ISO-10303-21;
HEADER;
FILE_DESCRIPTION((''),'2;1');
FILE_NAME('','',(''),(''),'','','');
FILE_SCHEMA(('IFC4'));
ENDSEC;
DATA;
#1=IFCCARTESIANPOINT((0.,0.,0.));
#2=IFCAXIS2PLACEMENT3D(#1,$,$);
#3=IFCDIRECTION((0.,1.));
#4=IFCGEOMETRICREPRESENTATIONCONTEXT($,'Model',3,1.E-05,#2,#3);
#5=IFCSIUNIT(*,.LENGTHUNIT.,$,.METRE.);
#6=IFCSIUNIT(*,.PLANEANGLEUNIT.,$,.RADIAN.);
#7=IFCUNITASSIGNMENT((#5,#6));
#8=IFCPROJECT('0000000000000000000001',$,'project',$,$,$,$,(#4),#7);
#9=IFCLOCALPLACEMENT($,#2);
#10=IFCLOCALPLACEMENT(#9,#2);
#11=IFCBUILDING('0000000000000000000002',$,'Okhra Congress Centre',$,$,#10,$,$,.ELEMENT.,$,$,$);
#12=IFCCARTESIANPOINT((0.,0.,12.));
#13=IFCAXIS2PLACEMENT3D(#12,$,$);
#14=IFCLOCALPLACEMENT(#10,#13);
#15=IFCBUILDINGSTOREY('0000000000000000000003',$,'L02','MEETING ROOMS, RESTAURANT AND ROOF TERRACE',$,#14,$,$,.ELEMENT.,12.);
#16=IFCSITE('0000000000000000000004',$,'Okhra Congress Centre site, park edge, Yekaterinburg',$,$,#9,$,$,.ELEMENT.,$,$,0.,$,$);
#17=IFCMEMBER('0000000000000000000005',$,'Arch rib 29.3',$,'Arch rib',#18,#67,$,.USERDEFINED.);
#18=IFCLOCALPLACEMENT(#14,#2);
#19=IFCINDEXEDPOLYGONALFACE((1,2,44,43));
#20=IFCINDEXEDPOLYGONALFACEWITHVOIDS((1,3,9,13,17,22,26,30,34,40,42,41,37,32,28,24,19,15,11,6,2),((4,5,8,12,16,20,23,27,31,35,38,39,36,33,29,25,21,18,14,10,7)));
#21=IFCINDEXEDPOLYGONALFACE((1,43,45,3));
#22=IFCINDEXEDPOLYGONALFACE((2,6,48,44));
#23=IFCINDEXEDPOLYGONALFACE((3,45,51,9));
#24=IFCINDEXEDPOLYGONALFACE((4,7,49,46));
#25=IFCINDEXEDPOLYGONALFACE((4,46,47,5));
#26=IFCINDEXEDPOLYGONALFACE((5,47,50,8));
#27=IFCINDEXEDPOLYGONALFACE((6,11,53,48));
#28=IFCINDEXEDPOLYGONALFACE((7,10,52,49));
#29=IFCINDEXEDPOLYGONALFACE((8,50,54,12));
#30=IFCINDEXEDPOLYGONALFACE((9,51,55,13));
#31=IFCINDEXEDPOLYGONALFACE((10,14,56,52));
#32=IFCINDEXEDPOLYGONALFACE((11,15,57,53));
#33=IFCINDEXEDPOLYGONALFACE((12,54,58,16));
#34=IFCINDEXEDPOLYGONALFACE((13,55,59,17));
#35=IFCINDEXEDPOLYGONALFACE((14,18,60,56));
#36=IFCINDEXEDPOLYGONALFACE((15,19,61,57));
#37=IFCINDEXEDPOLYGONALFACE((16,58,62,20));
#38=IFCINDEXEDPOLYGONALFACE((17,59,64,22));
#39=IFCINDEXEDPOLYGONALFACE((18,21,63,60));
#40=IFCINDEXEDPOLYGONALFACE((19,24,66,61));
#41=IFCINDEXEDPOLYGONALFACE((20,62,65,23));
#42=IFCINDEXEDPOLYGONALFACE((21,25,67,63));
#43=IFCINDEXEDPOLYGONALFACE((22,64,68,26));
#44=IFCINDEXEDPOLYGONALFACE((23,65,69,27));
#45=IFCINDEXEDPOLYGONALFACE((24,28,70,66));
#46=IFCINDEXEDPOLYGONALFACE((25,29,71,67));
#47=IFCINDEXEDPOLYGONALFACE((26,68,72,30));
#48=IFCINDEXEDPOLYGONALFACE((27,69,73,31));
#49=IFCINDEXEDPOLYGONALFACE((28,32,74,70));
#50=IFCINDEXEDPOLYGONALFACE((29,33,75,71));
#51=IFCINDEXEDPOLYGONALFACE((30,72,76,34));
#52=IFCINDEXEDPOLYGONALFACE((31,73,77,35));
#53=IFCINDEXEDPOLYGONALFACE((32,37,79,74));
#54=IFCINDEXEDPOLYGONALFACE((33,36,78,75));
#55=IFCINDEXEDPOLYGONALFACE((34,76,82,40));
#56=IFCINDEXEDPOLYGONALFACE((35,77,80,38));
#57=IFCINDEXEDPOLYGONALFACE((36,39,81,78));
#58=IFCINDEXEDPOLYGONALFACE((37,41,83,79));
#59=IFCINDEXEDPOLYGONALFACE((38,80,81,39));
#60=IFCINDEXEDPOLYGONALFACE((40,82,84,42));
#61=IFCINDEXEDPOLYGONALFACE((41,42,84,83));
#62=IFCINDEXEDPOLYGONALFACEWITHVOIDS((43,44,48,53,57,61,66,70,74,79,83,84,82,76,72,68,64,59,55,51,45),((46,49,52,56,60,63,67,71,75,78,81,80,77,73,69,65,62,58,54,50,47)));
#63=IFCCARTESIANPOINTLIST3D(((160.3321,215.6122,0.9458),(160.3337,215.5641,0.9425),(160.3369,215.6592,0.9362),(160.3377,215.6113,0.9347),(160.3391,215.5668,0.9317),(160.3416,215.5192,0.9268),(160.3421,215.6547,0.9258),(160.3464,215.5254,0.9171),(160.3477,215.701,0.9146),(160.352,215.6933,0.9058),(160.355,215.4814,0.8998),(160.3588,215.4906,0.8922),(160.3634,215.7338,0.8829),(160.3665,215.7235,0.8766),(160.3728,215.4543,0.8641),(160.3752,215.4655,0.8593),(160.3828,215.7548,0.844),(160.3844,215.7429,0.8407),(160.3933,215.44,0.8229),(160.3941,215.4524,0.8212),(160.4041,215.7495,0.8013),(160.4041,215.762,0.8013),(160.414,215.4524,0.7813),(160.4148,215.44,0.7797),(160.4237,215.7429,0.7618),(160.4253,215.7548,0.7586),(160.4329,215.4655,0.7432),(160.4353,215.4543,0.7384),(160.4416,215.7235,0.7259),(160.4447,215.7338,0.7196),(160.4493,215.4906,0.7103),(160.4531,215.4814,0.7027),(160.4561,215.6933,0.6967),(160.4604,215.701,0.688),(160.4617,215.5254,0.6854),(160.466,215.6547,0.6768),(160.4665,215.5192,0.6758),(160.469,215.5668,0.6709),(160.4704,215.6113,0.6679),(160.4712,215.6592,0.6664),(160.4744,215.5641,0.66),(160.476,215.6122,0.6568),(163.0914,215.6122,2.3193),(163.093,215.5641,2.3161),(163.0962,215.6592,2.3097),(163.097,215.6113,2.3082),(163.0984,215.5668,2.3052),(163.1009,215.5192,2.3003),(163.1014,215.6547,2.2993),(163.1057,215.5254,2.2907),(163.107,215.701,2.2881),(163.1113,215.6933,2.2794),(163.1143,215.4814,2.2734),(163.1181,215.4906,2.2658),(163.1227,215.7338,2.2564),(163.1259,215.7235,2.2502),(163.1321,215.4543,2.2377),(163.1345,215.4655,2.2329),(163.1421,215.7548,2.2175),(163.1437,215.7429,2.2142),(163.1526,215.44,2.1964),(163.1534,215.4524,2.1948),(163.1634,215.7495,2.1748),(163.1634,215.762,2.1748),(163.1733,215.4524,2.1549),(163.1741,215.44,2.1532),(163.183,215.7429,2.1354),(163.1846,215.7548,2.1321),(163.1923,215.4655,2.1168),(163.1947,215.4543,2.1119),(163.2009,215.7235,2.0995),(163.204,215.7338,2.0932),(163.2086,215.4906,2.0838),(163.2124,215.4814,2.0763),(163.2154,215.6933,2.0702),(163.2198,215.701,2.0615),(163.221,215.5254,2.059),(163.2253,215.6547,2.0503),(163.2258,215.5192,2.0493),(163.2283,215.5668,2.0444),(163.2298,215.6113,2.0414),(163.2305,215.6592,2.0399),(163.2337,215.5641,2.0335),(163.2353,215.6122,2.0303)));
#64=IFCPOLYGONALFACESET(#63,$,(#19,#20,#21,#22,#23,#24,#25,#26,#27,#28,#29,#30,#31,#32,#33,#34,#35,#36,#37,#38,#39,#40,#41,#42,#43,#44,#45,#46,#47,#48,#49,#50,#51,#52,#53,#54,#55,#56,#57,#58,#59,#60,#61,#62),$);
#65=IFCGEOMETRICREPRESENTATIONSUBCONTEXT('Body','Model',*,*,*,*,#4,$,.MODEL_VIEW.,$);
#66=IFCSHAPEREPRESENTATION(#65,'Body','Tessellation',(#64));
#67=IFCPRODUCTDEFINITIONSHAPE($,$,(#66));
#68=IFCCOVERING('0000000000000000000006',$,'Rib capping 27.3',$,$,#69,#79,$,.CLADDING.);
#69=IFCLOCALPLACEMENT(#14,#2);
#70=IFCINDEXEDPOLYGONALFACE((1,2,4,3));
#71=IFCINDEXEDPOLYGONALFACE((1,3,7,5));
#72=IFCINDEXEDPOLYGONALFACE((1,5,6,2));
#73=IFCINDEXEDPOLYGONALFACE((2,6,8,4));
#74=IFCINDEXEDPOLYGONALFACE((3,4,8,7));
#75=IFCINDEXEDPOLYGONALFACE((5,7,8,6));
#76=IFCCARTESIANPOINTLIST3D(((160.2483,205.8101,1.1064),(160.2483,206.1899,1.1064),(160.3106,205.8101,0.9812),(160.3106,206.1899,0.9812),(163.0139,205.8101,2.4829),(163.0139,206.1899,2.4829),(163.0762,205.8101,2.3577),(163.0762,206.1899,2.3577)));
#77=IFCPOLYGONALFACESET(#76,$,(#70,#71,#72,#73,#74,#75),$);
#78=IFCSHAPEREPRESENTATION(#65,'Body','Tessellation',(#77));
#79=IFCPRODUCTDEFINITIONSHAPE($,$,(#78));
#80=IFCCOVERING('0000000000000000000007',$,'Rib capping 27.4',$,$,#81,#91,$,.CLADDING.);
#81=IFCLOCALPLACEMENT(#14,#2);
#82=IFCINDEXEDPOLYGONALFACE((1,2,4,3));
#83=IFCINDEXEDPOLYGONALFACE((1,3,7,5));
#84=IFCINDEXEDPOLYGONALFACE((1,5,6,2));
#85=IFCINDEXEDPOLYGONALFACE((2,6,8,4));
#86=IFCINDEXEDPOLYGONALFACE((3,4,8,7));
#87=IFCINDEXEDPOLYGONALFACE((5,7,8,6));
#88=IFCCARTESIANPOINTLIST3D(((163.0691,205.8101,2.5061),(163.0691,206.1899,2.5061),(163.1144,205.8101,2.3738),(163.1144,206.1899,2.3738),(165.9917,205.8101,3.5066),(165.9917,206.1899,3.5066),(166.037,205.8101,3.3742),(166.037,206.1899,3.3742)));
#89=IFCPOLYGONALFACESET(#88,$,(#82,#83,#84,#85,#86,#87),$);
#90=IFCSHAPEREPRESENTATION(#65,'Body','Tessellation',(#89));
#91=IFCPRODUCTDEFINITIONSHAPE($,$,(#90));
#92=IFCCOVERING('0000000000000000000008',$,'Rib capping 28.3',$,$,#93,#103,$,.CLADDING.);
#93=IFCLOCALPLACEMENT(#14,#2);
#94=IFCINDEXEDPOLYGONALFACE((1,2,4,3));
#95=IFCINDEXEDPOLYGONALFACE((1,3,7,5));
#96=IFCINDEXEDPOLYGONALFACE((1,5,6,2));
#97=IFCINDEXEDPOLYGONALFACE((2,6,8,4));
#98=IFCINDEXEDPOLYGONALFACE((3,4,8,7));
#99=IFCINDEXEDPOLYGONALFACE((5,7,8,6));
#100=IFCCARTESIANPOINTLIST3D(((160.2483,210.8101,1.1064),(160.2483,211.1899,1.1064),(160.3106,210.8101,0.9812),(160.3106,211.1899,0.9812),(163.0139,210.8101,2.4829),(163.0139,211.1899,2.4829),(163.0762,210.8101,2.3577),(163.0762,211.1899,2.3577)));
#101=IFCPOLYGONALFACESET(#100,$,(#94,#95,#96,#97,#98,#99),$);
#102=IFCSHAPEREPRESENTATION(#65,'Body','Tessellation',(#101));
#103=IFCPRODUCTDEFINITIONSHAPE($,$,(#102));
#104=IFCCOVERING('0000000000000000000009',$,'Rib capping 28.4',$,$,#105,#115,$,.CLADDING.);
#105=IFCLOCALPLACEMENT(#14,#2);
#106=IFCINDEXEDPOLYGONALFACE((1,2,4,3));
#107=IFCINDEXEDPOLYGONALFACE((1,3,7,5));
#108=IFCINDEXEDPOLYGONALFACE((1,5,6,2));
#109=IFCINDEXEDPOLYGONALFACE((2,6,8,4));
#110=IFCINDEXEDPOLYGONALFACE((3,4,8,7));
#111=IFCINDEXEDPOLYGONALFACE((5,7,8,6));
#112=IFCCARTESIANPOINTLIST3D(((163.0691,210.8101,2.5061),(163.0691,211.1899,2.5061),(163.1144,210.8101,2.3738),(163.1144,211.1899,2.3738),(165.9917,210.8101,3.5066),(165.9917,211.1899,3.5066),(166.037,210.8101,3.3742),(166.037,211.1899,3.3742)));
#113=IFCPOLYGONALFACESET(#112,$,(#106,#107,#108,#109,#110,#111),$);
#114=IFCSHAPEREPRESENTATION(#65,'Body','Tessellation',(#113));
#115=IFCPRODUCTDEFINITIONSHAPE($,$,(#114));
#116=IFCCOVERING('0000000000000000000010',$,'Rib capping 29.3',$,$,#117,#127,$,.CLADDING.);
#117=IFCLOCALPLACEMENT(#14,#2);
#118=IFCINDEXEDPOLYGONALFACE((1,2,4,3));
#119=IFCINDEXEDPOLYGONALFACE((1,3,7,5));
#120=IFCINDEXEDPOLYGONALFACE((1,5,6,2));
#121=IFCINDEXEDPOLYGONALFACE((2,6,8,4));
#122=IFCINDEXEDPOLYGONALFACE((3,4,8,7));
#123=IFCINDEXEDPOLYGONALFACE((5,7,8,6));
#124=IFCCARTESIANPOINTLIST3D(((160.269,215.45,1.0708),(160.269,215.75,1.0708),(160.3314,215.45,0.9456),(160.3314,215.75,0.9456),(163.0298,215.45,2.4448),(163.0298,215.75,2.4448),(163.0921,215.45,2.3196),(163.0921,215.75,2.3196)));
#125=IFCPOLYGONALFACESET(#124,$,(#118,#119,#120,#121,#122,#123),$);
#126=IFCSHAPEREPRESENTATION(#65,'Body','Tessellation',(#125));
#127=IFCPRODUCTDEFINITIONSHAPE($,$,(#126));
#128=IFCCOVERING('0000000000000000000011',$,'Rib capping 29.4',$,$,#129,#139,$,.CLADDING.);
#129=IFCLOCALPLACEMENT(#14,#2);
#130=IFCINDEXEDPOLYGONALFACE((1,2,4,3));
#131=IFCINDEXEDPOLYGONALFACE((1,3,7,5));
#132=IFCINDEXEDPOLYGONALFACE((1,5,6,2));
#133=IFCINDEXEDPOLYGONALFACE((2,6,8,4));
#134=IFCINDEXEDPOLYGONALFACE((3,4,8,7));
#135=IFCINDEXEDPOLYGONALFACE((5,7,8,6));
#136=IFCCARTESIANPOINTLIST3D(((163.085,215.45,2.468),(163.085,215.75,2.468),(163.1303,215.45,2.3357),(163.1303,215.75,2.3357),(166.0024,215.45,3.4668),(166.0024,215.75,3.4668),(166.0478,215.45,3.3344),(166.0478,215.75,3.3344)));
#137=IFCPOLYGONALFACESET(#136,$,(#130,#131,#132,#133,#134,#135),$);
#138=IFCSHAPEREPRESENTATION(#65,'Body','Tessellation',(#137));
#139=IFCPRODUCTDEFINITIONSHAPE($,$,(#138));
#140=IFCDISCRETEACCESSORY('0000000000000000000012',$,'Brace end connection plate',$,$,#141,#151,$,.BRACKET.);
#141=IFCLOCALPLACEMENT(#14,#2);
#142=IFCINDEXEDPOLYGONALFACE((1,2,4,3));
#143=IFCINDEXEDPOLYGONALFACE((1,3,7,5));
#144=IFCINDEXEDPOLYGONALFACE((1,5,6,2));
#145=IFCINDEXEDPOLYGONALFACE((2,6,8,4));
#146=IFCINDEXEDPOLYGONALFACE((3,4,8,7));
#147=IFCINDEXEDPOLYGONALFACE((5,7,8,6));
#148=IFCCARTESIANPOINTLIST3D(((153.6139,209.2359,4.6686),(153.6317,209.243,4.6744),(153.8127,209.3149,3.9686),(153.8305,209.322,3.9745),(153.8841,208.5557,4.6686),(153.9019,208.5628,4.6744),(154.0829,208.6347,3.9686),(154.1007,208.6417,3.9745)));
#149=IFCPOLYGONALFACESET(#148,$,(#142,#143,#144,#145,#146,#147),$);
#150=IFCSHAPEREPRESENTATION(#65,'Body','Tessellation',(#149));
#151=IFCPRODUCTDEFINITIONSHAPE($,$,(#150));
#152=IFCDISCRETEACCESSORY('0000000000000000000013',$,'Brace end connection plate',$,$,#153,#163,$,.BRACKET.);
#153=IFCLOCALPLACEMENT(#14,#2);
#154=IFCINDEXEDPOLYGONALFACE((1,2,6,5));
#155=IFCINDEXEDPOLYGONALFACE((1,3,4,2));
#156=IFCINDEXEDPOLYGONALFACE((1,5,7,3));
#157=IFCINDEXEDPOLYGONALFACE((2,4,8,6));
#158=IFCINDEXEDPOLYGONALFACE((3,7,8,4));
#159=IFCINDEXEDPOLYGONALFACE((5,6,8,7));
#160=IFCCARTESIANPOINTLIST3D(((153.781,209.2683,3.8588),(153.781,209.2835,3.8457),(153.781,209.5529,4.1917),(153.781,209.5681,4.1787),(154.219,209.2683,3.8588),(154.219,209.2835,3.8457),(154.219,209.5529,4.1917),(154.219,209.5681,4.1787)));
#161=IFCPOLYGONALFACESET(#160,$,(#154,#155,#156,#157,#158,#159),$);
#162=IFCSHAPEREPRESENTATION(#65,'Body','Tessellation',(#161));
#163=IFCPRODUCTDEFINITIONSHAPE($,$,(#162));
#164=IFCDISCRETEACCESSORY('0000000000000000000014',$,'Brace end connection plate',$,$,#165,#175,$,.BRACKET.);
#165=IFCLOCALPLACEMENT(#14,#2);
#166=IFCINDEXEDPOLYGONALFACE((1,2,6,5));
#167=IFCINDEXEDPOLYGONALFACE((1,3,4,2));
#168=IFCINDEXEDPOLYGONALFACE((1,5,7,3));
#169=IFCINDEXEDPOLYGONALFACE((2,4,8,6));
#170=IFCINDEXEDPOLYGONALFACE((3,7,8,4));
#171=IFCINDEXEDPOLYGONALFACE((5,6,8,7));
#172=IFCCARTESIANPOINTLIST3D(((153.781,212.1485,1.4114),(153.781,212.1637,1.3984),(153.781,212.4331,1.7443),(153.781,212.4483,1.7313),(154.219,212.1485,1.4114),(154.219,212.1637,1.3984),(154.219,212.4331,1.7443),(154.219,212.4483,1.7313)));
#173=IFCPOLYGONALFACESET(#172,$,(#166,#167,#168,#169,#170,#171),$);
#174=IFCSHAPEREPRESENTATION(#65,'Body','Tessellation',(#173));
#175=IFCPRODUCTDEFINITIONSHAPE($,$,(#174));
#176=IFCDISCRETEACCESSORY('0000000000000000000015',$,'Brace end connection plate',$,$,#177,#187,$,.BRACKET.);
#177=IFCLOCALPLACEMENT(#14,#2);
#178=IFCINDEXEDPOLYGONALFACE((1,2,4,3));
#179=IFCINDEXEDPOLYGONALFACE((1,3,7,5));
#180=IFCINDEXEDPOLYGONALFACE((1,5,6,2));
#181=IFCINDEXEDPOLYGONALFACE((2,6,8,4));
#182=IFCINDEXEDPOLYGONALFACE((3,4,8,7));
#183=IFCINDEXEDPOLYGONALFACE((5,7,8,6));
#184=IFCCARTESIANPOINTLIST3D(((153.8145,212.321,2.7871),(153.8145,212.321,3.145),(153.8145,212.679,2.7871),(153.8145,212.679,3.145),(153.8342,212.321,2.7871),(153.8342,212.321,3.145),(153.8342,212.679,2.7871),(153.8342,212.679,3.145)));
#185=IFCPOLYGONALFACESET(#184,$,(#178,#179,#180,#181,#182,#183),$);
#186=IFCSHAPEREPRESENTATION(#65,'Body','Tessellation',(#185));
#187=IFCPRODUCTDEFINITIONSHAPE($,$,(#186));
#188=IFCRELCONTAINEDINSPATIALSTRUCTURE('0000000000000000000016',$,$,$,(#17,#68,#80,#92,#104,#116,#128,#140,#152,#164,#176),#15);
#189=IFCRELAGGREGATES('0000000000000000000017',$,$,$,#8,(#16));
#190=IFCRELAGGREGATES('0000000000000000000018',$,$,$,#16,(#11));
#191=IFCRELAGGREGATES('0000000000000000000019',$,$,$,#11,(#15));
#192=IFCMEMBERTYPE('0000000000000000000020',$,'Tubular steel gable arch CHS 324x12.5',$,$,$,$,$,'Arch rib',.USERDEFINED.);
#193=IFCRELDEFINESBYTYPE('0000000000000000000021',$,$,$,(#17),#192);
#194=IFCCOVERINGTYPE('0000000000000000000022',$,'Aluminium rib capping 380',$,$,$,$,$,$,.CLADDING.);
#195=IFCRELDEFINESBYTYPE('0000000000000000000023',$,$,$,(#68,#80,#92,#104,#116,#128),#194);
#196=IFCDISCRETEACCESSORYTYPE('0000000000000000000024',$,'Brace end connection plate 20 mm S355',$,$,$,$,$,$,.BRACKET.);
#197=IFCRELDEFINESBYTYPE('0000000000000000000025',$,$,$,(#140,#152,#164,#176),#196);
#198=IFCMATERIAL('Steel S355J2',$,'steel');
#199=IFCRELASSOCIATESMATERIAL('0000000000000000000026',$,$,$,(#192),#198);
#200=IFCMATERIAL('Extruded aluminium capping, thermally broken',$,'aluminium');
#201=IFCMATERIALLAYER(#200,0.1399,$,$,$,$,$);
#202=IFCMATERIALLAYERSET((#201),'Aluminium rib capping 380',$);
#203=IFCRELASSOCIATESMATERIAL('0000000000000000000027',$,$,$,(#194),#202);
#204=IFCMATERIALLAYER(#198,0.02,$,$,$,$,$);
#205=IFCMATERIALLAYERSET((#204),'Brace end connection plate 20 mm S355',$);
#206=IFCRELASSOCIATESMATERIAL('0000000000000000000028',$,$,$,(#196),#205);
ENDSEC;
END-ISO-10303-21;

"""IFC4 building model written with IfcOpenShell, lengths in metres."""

from ifc_helpers import new_model, si_unit, direction, frame, origin, origin_2d, place, context, subcontext, project, spatial, polyline, rectangle, hollow_circle, outline, extrude, material, layer, layer_set, material_profile, profile_set, type_object, element, save


model = new_model("IFC4")

# Units and contexts
model_context = context("Model", 3, precision=1e-05, world=origin(), true_north=direction((0.0, 1.0)))
body_context = subcontext(model_context, "Body", "Model", "MODEL_VIEW")
ifc_project = project(units=[si_unit("LENGTHUNIT", "METRE"), si_unit("PLANEANGLEUNIT", "RADIAN")], contexts=[model_context])

# Site, building, storey
site_placement = place(None, origin())
site = spatial("IfcSite", under=ifc_project, at=site_placement, Name="Okhra Congress Centre site, park edge, Yekaterinburg", CompositionType="ELEMENT", RefElevation=0.0)
building_placement = place(site_placement, origin())
building = spatial("IfcBuilding", under=site, at=building_placement, Name="Okhra Congress Centre", CompositionType="ELEMENT")
storey_placement = place(building_placement, frame((0.0, 0.0, 12.0)))
storey = spatial("IfcBuildingStorey", under=building, at=storey_placement, Name="L02", Description="MEETING ROOMS, RESTAURANT AND ROOF TERRACE", CompositionType="ELEMENT", Elevation=12.0)

# Member
ifc_material_1 = material(Name="Steel S355J2", Category="steel")
ifc_material_profile_1 = material_profile(ifc_material_1, hollow_circle(Radius=0.1619, WallThickness=0.0125, at=origin_2d()), Name="CHS 323.9x12.5")
ifc_profile_set_1 = profile_set([ifc_material_profile_1], Name="Steel S355J2")
member_type_1 = type_object("IfcMemberType", Name="Tubular steel gable arch CHS 324x12.5", ElementType="Arch rib", PredefinedType="USERDEFINED", material=ifc_profile_set_1)
member_1_placement = place(storey_placement, frame((160.4041, 215.6001, 0.8013), z_axis=(0.895218, 0.0, 0.445629), x_axis=(0.0, 1.0, 0.0)))
element("IfcMember", 1, at=member_1_placement, inside=storey, type_object=member_type_1, Name="Arch rib 29.3", ObjectType="Arch rib", PredefinedType="USERDEFINED", context=body_context, shape_type="SweptSolid", body=[
    extrude(hollow_circle(Radius=0.1619, WallThickness=0.0125, at=origin_2d()), origin(), (0.0, 0.0, 1.0), 3.0823),
])

# Coverings
ifc_material_2 = material(Name="Extruded aluminium capping, thermally broken", Category="aluminium")
ifc_layer_1 = layer(ifc_material_2, 0.1399)
ifc_layer_set_1 = layer_set([ifc_layer_1], Name="Aluminium rib capping 380")
covering_type = type_object("IfcCoveringType", Name="Aluminium rib capping 380", PredefinedType="CLADDING", material=ifc_layer_set_1)
covering_1_placement = place(storey_placement, frame((160.2483, 205.8101, 1.1064), z_axis=(-0.445569, 0.0, 0.895248), x_axis=(0.895248, 0.0, 0.445569)))
element("IfcCovering", 2, at=covering_1_placement, inside=storey, type_object=covering_type, Name="Rib capping 27.3", PredefinedType="CLADDING", context=body_context, shape_type="SweptSolid", body=[
    extrude(outline(polyline([(0.0, 0.0), (3.0892, 0.0), (3.0892, 0.3799), (0.0, 0.3799), (0.0, 0.0)])), origin(), (0.0, 0.0, -1.0), 0.1399),
])
covering_2_placement = place(storey_placement, frame((163.0691, 205.8101, 2.5061), z_axis=(-0.323876, 0.0, 0.9461), x_axis=(0.9461, 0.0, 0.323876)))
element("IfcCovering", 3, at=covering_2_placement, inside=storey, type_object=covering_type, Name="Rib capping 27.4", PredefinedType="CLADDING", context=body_context, shape_type="SweptSolid", body=[
    extrude(outline(polyline([(0.0, 0.0), (3.0891, 0.0), (3.0891, 0.3799), (0.0, 0.3799), (0.0, 0.0)])), origin(), (0.0, 0.0, -1.0), 0.1399),
])
covering_3_placement = place(storey_placement, frame((160.2483, 210.8101, 1.1064), z_axis=(-0.445569, 0.0, 0.895248), x_axis=(0.895248, 0.0, 0.445569)))
element("IfcCovering", 4, at=covering_3_placement, inside=storey, type_object=covering_type, Name="Rib capping 28.3", PredefinedType="CLADDING", context=body_context, shape_type="SweptSolid", body=[
    extrude(outline(polyline([(0.0, 0.0), (3.0892, 0.0), (3.0892, 0.3799), (0.0, 0.3799), (0.0, 0.0)])), origin(), (0.0, 0.0, -1.0), 0.1399),
])
covering_4_placement = place(storey_placement, frame((163.0691, 210.8101, 2.5061), z_axis=(-0.323876, 0.0, 0.9461), x_axis=(0.9461, 0.0, 0.323876)))
element("IfcCovering", 5, at=covering_4_placement, inside=storey, type_object=covering_type, Name="Rib capping 28.4", PredefinedType="CLADDING", context=body_context, shape_type="SweptSolid", body=[
    extrude(outline(polyline([(0.0, 0.0), (3.0891, 0.0), (3.0891, 0.3799), (0.0, 0.3799), (0.0, 0.0)])), origin(), (0.0, 0.0, -1.0), 0.1399),
])
covering_5_placement = place(storey_placement, frame((160.269, 215.45, 1.0708), z_axis=(-0.445566, 0.0, 0.895249), x_axis=(0.895249, 0.0, 0.445566)))
element("IfcCovering", 6, at=covering_5_placement, inside=storey, type_object=covering_type, Name="Rib capping 29.3", PredefinedType="CLADDING", context=body_context, shape_type="SweptSolid", body=[
    extrude(outline(polyline([(0.0, 0.0), (3.0838, 0.0), (3.0838, 0.3), (0.0, 0.3), (0.0, 0.0)])), origin(), (0.0, 0.0, -1.0), 0.1399),
])
covering_6_placement = place(storey_placement, frame((163.085, 215.45, 2.468), z_axis=(-0.323889, 0.0, 0.946095), x_axis=(0.946095, 0.0, 0.323889)))
element("IfcCovering", 7, at=covering_6_placement, inside=storey, type_object=covering_type, Name="Rib capping 29.4", PredefinedType="CLADDING", context=body_context, shape_type="SweptSolid", body=[
    extrude(outline(polyline([(0.0, 0.0), (3.0837, 0.0), (3.0837, 0.3), (0.0, 0.3), (0.0, 0.0)])), origin(), (0.0, 0.0, -1.0), 0.1399),
])

# Discrete accessories
ifc_layer_2 = layer(ifc_material_1, 0.02)
ifc_layer_set_2 = layer_set([ifc_layer_2], Name="Brace end connection plate 20 mm S355")
discrete_accessory_type_1 = type_object("IfcDiscreteAccessoryType", Name="Brace end connection plate 20 mm S355", PredefinedType="BRACKET", material=ifc_layer_set_2)
discrete_accessory_1_placement = place(storey_placement, frame((153.8484, 208.9353, 4.3186), z_axis=(0.888791, 0.353081, 0.292205), x_axis=(-0.369195, 0.929352, 0.0)))
element("IfcDiscreteAccessory", 8, at=discrete_accessory_1_placement, inside=storey, type_object=discrete_accessory_type_1, Name="Brace end connection plate", PredefinedType="BRACKET", context=body_context, shape_type="SweptSolid", body=[
    extrude(rectangle(XDim=0.7319, YDim=0.7319, at=origin_2d()), origin(), (0.0, 0.0, 1.0), 0.02),
])
for number, where, z_axis, x_axis, name in (
    (9, (154.0, 209.4258, 4.0122), (0.0, -0.760121, 0.649781), (1.0, 0.0, 0.0), "Brace end connection plate"),
    (10, (154.0, 212.2908, 1.5779), (0.0, 0.760121, -0.649781), (-1.0, 0.0, 0.0), "Brace end connection plate"),
):
    element("IfcDiscreteAccessory", number, at=place(storey_placement, frame(where, z_axis=z_axis, x_axis=x_axis)), inside=storey, type_object=discrete_accessory_type_1, Name=name, PredefinedType="BRACKET", context=body_context, shape_type="SweptSolid", body=[
        extrude(rectangle(XDim=0.438, YDim=0.438, at=origin_2d()), origin(), (0.0, 0.0, 1.0), 0.02),
    ])
discrete_accessory_2_placement = place(storey_placement, frame((153.8145, 212.5, 2.9661), z_axis=(1.0, 0.0, 0.0), x_axis=(0.0, 1.0, 0.0)))
element("IfcDiscreteAccessory", 11, at=discrete_accessory_2_placement, inside=storey, type_object=discrete_accessory_type_1, Name="Brace end connection plate", PredefinedType="BRACKET", context=body_context, shape_type="SweptSolid", body=[
    extrude(rectangle(XDim=0.3579, YDim=0.3579, at=origin_2d()), origin(), (0.0, 0.0, 1.0), 0.0198),
])

save(model, "model.ifc")
